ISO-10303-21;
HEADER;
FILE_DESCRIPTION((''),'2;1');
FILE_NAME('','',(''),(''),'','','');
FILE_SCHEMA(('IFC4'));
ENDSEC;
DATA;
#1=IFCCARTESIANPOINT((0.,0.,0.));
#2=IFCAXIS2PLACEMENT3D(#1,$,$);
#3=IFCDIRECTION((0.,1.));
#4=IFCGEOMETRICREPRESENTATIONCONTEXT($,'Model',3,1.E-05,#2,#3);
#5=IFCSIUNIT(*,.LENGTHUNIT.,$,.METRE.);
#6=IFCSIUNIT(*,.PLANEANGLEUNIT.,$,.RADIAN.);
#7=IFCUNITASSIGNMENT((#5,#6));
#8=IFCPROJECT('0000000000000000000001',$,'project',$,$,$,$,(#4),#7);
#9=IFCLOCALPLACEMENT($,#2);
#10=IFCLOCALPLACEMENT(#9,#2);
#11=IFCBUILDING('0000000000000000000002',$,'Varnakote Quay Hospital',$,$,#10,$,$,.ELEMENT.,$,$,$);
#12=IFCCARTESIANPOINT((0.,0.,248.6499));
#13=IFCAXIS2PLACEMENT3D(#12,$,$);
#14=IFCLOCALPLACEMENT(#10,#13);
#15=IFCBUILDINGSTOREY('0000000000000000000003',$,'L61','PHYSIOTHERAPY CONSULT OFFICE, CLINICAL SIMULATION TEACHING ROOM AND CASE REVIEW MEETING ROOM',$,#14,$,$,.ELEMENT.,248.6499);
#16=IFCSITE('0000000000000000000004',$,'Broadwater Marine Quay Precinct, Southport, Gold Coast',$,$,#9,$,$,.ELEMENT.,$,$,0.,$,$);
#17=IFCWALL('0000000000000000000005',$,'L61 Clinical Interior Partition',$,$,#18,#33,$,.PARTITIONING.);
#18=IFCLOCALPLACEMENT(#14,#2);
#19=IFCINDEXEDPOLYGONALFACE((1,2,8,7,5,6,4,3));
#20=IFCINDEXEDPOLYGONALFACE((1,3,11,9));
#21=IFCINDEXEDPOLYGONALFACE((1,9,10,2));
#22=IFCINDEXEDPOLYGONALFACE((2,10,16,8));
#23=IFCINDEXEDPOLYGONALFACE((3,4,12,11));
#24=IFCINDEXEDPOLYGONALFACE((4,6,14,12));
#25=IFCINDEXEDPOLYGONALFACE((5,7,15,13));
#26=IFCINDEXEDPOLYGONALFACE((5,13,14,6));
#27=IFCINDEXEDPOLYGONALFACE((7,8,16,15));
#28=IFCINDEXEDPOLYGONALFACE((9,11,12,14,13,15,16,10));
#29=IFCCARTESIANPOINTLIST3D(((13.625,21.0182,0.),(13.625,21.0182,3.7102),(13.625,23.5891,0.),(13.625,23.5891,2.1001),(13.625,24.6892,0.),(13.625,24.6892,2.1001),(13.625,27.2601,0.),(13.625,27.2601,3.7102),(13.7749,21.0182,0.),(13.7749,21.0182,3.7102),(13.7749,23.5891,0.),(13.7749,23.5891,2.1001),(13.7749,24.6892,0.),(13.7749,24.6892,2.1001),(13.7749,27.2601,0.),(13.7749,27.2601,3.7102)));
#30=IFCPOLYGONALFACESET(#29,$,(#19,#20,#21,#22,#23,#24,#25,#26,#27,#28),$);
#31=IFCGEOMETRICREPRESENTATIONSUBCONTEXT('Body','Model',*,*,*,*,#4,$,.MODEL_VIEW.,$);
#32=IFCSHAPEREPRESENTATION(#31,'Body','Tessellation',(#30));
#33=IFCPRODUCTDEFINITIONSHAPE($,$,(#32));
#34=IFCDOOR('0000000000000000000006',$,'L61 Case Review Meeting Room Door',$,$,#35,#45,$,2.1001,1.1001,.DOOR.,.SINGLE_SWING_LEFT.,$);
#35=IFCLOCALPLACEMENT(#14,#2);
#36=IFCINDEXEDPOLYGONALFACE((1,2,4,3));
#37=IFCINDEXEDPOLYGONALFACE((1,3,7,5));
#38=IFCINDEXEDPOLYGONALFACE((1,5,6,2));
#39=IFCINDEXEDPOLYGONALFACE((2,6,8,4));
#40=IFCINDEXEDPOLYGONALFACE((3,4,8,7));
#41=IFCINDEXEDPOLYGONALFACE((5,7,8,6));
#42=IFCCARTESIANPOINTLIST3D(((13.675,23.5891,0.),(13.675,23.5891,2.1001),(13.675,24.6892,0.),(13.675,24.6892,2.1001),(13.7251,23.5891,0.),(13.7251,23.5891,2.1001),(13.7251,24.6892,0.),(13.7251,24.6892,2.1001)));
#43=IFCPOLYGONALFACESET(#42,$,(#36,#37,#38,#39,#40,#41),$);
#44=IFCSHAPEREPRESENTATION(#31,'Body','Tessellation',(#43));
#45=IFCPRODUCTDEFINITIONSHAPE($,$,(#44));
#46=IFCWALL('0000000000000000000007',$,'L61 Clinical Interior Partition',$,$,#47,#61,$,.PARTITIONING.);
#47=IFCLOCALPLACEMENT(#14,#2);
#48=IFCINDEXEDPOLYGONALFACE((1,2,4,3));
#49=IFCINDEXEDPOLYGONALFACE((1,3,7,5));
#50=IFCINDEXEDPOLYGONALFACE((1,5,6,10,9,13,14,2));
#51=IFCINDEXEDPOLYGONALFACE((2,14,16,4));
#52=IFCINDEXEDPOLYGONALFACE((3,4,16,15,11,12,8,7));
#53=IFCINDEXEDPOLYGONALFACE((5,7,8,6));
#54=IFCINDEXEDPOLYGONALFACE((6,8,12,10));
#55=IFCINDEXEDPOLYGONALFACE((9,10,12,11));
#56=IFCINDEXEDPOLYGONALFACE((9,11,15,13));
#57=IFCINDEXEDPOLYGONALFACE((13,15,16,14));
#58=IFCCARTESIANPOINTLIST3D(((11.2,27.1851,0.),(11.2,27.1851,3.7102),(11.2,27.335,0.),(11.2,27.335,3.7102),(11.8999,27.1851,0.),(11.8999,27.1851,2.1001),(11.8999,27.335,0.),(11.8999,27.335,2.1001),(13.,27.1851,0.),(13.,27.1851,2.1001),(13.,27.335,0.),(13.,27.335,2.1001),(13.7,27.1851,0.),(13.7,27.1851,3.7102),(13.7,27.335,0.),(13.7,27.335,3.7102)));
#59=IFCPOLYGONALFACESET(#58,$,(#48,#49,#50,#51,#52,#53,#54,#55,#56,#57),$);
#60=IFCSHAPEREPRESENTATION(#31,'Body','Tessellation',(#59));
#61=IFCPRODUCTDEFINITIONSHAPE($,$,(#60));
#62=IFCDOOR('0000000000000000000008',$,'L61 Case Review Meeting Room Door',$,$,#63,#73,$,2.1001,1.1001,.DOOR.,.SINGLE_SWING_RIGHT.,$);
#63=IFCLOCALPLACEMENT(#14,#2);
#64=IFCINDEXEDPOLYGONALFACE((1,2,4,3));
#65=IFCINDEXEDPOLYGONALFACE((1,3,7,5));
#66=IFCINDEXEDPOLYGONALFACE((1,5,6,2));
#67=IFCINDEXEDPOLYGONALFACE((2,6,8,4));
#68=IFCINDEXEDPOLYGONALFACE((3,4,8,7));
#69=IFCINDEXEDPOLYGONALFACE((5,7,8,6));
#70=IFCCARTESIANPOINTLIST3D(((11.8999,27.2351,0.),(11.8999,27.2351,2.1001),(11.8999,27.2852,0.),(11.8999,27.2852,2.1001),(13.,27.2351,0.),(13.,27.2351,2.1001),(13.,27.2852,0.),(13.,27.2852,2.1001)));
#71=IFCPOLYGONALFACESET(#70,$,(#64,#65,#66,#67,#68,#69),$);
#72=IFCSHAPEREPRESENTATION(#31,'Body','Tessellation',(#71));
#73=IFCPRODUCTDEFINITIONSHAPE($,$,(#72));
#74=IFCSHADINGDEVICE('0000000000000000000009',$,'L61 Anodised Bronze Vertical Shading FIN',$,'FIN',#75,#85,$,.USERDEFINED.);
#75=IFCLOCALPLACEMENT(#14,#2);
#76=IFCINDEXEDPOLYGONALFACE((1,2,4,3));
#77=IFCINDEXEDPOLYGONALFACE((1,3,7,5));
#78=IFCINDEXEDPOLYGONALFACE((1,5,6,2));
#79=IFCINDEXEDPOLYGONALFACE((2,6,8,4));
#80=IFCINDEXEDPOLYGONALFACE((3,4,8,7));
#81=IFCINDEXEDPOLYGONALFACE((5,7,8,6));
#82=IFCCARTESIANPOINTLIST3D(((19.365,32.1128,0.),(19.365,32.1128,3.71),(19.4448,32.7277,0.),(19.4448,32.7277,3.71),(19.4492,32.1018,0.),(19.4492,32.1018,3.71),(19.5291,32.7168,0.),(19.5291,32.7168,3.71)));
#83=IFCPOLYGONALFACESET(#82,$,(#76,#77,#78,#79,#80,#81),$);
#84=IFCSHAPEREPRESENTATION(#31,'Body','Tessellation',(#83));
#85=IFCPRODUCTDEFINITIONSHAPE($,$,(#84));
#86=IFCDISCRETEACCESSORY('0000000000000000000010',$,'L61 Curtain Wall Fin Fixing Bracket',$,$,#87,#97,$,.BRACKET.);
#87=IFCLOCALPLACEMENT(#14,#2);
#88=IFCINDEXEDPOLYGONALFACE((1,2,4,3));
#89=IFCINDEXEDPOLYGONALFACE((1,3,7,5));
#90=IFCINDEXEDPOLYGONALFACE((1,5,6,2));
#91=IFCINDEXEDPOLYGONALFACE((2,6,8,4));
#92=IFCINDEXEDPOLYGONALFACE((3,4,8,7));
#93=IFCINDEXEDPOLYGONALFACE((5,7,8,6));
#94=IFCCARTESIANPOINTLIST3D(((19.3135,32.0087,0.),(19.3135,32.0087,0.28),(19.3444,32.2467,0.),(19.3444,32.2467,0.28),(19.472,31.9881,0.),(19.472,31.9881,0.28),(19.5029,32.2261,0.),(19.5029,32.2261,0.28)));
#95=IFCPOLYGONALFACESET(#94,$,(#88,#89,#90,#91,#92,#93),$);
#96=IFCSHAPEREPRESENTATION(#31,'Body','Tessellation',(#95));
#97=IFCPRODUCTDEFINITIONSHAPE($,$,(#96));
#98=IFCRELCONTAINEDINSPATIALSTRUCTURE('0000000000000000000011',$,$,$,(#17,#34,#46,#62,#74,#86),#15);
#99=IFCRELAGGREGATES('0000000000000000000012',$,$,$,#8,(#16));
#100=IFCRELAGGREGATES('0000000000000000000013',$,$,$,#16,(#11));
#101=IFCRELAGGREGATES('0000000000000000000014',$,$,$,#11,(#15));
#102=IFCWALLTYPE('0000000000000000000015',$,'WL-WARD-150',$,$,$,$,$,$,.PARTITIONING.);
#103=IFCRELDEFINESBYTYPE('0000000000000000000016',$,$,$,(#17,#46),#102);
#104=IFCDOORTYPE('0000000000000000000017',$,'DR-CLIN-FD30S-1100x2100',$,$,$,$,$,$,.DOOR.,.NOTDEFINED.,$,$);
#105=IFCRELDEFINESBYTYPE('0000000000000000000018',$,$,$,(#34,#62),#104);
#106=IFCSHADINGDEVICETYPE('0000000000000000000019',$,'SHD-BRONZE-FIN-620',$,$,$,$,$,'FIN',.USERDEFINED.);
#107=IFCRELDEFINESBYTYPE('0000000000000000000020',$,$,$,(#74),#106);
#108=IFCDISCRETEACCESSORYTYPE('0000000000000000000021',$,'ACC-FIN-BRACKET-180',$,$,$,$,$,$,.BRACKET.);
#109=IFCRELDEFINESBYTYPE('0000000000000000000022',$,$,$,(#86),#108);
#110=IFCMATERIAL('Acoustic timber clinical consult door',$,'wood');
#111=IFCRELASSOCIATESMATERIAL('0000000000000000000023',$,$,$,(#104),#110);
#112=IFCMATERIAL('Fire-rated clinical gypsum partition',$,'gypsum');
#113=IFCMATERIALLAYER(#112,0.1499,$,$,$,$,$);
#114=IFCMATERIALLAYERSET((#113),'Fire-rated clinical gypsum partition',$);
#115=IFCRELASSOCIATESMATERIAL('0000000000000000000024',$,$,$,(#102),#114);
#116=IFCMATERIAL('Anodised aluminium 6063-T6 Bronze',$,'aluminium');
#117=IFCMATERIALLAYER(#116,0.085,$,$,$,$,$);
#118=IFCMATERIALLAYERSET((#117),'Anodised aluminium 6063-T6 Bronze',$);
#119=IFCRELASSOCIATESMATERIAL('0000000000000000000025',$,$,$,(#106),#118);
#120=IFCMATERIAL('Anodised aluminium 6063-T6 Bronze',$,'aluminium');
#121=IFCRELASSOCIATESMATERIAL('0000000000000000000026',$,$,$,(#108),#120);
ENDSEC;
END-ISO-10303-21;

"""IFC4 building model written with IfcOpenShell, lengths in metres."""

from ifc_helpers import new_model, si_unit, direction, frame, frame_2d, origin, origin_2d, place, context, subcontext, project, spatial, rectangle, extrude, material, layer, layer_set, type_object, element, fill, save


model = new_model("IFC4")

# Units and contexts
model_context = context("Model", 3, precision=1e-05, world=origin(), true_north=direction((0.0, 1.0)))
body_context = subcontext(model_context, "Body", "Model", "MODEL_VIEW")
ifc_project = project(units=[si_unit("LENGTHUNIT", "METRE"), si_unit("PLANEANGLEUNIT", "RADIAN")], contexts=[model_context])

# Site, building, storey
site_placement = place(None, origin())
site = spatial("IfcSite", under=ifc_project, at=site_placement, Name="Broadwater Marine Quay Precinct, Southport, Gold Coast", CompositionType="ELEMENT", RefElevation=0.0)
building_placement = place(site_placement, origin())
building = spatial("IfcBuilding", under=site, at=building_placement, Name="Varnakote Quay Hospital", CompositionType="ELEMENT")
storey_placement = place(building_placement, frame((0.0, 0.0, 248.6499)))
storey = spatial("IfcBuildingStorey", under=building, at=storey_placement, Name="L61", Description="PHYSIOTHERAPY CONSULT OFFICE, CLINICAL SIMULATION TEACHING ROOM AND CASE REVIEW MEETING ROOM", CompositionType="ELEMENT", Elevation=248.6499)

# Shared definitions
ifc_material_1 = material(Name="Acoustic timber clinical consult door", Category="wood")
door_type = type_object("IfcDoorType", Name="DR-CLIN-FD30S-1100x2100", OperationType="NOTDEFINED", PredefinedType="DOOR", material=ifc_material_1)

# Shared definitions
ifc_material_2 = material(Name="Fire-rated clinical gypsum partition", Category="gypsum")
ifc_layer_1 = layer(ifc_material_2, 0.1499)
ifc_layer_set_1 = layer_set([ifc_layer_1], Name="Fire-rated clinical gypsum partition")
wall_type_1 = type_object("IfcWallType", Name="WL-WARD-150", PredefinedType="PARTITIONING", material=ifc_layer_set_1)

# Walls, openings, doors
wall_1_placement = place(storey_placement, frame((13.7, 21.0181, 0.0), z_axis=(0.0, 0.0, 1.0), x_axis=(0.0, 1.0, 0.0)))
wall_1 = element("IfcWall", 1, at=wall_1_placement, inside=storey, type_object=wall_type_1, Name="L61 Clinical Interior Partition", PredefinedType="PARTITIONING", context=body_context, shape_type="SweptSolid", body=[
    extrude(rectangle(XDim=6.2419, YDim=0.1499, at=frame_2d((3.1211, 0.0))), origin(), (0.0, 0.0, 1.0), 3.7102),
])
opening_1_placement = place(wall_1_placement, frame((2.571, 0.0, 0.0)))
opening_1 = element("IfcOpeningElement", 2, at=opening_1_placement, cuts=wall_1, PredefinedType="OPENING", context=body_context, shape_type="SweptSolid", body=[
    extrude(rectangle(XDim=1.1001, YDim=2.1001, at=frame_2d((0.55, 1.05))), frame((0.0, 0.085, 0.0), z_axis=(0.0, -1.0, 0.0), x_axis=(1.0, 0.0, 0.0)), (0.0, 0.0, 1.0), 0.1699),
])
door_1_placement = place(opening_1_placement, origin())
door_1 = element("IfcDoor", 3, at=door_1_placement, inside=storey, type_object=door_type, Name="L61 Case Review Meeting Room Door", OperationType="SINGLE_SWING_LEFT", OverallHeight=2.1001, OverallWidth=1.1001, PredefinedType="DOOR", context=body_context, shape_type="SweptSolid", body=[
    extrude(rectangle(XDim=1.1001, YDim=2.1001, at=frame_2d((0.55, 1.05))), frame((0.0, 0.0249, 0.0), z_axis=(0.0, -1.0, 0.0), x_axis=(1.0, 0.0, 0.0)), (0.0, 0.0, 1.0), 0.05),
])
fill(opening_1, door_1)
wall_2_placement = place(storey_placement, frame((13.7, 27.26, 0.0), z_axis=(0.0, 0.0, 1.0), x_axis=(-1.0, 0.0, 0.0)))
wall_2 = element("IfcWall", 4, at=wall_2_placement, inside=storey, type_object=wall_type_1, Name="L61 Clinical Interior Partition", PredefinedType="PARTITIONING", context=body_context, shape_type="SweptSolid", body=[
    extrude(rectangle(XDim=2.5, YDim=0.1499, at=frame_2d((1.25, 0.0))), origin(), (0.0, 0.0, 1.0), 3.7102),
])
opening_2_placement = place(wall_2_placement, frame((0.7, 0.0, 0.0)))
opening_2 = element("IfcOpeningElement", 5, at=opening_2_placement, cuts=wall_2, PredefinedType="OPENING", context=body_context, shape_type="SweptSolid", body=[
    extrude(rectangle(XDim=1.1001, YDim=2.1001, at=frame_2d((0.55, 1.05))), frame((0.0, 0.085, 0.0), z_axis=(0.0, -1.0, 0.0), x_axis=(1.0, 0.0, 0.0)), (0.0, 0.0, 1.0), 0.1699),
])
door_2_placement = place(opening_2_placement, origin())
door_2 = element("IfcDoor", 6, at=door_2_placement, inside=storey, type_object=door_type, Name="L61 Case Review Meeting Room Door", OperationType="SINGLE_SWING_RIGHT", OverallHeight=2.1001, OverallWidth=1.1001, PredefinedType="DOOR", context=body_context, shape_type="SweptSolid", body=[
    extrude(rectangle(XDim=1.1001, YDim=2.1001, at=frame_2d((0.55, 1.05))), frame((0.0, 0.0249, 0.0), z_axis=(0.0, -1.0, 0.0), x_axis=(1.0, 0.0, 0.0)), (0.0, 0.0, 1.0), 0.05),
])
fill(opening_2, door_2)

# Shading device
ifc_material_3 = material(Name="Anodised aluminium 6063-T6 Bronze", Category="aluminium")
ifc_layer_2 = layer(ifc_material_3, 0.085)
ifc_layer_set_2 = layer_set([ifc_layer_2], Name="Anodised aluminium 6063-T6 Bronze")
shading_device_type = type_object("IfcShadingDeviceType", Name="SHD-BRONZE-FIN-620", ElementType="FIN", PredefinedType="USERDEFINED", material=ifc_layer_set_2)
shading_device_placement = place(storey_placement, frame((19.447, 32.4148, 0.0), z_axis=(0.0, 0.0, 1.0), x_axis=(-0.128796, -0.991671, 0.0)))
element("IfcShadingDevice", 7, at=shading_device_placement, inside=storey, type_object=shading_device_type, Name="L61 Anodised Bronze Vertical Shading FIN", ObjectType="FIN", PredefinedType="USERDEFINED", context=body_context, shape_type="SweptSolid", body=[
    extrude(rectangle(XDim=0.6201, YDim=0.085, at=origin_2d()), origin(), (0.0, 0.0, 1.0), 3.71),
])

# Discrete accessory
ifc_material_4 = material(Name="Anodised aluminium 6063-T6 Bronze", Category="aluminium")
discrete_accessory_type = type_object("IfcDiscreteAccessoryType", Name="ACC-FIN-BRACKET-180", PredefinedType="BRACKET", material=ifc_material_4)
discrete_accessory_placement = place(storey_placement, frame((19.4082, 32.1174, 0.0), z_axis=(0.0, 0.0, 1.0), x_axis=(-0.991671, 0.128796, 0.0)))
element("IfcDiscreteAccessory", 8, at=discrete_accessory_placement, inside=storey, type_object=discrete_accessory_type, Name="L61 Curtain Wall Fin Fixing Bracket", PredefinedType="BRACKET", context=body_context, shape_type="SweptSolid", body=[
    extrude(rectangle(XDim=0.1599, YDim=0.24, at=origin_2d()), origin(), (0.0, 0.0, 1.0), 0.28),
])

save(model, "model.ifc")
